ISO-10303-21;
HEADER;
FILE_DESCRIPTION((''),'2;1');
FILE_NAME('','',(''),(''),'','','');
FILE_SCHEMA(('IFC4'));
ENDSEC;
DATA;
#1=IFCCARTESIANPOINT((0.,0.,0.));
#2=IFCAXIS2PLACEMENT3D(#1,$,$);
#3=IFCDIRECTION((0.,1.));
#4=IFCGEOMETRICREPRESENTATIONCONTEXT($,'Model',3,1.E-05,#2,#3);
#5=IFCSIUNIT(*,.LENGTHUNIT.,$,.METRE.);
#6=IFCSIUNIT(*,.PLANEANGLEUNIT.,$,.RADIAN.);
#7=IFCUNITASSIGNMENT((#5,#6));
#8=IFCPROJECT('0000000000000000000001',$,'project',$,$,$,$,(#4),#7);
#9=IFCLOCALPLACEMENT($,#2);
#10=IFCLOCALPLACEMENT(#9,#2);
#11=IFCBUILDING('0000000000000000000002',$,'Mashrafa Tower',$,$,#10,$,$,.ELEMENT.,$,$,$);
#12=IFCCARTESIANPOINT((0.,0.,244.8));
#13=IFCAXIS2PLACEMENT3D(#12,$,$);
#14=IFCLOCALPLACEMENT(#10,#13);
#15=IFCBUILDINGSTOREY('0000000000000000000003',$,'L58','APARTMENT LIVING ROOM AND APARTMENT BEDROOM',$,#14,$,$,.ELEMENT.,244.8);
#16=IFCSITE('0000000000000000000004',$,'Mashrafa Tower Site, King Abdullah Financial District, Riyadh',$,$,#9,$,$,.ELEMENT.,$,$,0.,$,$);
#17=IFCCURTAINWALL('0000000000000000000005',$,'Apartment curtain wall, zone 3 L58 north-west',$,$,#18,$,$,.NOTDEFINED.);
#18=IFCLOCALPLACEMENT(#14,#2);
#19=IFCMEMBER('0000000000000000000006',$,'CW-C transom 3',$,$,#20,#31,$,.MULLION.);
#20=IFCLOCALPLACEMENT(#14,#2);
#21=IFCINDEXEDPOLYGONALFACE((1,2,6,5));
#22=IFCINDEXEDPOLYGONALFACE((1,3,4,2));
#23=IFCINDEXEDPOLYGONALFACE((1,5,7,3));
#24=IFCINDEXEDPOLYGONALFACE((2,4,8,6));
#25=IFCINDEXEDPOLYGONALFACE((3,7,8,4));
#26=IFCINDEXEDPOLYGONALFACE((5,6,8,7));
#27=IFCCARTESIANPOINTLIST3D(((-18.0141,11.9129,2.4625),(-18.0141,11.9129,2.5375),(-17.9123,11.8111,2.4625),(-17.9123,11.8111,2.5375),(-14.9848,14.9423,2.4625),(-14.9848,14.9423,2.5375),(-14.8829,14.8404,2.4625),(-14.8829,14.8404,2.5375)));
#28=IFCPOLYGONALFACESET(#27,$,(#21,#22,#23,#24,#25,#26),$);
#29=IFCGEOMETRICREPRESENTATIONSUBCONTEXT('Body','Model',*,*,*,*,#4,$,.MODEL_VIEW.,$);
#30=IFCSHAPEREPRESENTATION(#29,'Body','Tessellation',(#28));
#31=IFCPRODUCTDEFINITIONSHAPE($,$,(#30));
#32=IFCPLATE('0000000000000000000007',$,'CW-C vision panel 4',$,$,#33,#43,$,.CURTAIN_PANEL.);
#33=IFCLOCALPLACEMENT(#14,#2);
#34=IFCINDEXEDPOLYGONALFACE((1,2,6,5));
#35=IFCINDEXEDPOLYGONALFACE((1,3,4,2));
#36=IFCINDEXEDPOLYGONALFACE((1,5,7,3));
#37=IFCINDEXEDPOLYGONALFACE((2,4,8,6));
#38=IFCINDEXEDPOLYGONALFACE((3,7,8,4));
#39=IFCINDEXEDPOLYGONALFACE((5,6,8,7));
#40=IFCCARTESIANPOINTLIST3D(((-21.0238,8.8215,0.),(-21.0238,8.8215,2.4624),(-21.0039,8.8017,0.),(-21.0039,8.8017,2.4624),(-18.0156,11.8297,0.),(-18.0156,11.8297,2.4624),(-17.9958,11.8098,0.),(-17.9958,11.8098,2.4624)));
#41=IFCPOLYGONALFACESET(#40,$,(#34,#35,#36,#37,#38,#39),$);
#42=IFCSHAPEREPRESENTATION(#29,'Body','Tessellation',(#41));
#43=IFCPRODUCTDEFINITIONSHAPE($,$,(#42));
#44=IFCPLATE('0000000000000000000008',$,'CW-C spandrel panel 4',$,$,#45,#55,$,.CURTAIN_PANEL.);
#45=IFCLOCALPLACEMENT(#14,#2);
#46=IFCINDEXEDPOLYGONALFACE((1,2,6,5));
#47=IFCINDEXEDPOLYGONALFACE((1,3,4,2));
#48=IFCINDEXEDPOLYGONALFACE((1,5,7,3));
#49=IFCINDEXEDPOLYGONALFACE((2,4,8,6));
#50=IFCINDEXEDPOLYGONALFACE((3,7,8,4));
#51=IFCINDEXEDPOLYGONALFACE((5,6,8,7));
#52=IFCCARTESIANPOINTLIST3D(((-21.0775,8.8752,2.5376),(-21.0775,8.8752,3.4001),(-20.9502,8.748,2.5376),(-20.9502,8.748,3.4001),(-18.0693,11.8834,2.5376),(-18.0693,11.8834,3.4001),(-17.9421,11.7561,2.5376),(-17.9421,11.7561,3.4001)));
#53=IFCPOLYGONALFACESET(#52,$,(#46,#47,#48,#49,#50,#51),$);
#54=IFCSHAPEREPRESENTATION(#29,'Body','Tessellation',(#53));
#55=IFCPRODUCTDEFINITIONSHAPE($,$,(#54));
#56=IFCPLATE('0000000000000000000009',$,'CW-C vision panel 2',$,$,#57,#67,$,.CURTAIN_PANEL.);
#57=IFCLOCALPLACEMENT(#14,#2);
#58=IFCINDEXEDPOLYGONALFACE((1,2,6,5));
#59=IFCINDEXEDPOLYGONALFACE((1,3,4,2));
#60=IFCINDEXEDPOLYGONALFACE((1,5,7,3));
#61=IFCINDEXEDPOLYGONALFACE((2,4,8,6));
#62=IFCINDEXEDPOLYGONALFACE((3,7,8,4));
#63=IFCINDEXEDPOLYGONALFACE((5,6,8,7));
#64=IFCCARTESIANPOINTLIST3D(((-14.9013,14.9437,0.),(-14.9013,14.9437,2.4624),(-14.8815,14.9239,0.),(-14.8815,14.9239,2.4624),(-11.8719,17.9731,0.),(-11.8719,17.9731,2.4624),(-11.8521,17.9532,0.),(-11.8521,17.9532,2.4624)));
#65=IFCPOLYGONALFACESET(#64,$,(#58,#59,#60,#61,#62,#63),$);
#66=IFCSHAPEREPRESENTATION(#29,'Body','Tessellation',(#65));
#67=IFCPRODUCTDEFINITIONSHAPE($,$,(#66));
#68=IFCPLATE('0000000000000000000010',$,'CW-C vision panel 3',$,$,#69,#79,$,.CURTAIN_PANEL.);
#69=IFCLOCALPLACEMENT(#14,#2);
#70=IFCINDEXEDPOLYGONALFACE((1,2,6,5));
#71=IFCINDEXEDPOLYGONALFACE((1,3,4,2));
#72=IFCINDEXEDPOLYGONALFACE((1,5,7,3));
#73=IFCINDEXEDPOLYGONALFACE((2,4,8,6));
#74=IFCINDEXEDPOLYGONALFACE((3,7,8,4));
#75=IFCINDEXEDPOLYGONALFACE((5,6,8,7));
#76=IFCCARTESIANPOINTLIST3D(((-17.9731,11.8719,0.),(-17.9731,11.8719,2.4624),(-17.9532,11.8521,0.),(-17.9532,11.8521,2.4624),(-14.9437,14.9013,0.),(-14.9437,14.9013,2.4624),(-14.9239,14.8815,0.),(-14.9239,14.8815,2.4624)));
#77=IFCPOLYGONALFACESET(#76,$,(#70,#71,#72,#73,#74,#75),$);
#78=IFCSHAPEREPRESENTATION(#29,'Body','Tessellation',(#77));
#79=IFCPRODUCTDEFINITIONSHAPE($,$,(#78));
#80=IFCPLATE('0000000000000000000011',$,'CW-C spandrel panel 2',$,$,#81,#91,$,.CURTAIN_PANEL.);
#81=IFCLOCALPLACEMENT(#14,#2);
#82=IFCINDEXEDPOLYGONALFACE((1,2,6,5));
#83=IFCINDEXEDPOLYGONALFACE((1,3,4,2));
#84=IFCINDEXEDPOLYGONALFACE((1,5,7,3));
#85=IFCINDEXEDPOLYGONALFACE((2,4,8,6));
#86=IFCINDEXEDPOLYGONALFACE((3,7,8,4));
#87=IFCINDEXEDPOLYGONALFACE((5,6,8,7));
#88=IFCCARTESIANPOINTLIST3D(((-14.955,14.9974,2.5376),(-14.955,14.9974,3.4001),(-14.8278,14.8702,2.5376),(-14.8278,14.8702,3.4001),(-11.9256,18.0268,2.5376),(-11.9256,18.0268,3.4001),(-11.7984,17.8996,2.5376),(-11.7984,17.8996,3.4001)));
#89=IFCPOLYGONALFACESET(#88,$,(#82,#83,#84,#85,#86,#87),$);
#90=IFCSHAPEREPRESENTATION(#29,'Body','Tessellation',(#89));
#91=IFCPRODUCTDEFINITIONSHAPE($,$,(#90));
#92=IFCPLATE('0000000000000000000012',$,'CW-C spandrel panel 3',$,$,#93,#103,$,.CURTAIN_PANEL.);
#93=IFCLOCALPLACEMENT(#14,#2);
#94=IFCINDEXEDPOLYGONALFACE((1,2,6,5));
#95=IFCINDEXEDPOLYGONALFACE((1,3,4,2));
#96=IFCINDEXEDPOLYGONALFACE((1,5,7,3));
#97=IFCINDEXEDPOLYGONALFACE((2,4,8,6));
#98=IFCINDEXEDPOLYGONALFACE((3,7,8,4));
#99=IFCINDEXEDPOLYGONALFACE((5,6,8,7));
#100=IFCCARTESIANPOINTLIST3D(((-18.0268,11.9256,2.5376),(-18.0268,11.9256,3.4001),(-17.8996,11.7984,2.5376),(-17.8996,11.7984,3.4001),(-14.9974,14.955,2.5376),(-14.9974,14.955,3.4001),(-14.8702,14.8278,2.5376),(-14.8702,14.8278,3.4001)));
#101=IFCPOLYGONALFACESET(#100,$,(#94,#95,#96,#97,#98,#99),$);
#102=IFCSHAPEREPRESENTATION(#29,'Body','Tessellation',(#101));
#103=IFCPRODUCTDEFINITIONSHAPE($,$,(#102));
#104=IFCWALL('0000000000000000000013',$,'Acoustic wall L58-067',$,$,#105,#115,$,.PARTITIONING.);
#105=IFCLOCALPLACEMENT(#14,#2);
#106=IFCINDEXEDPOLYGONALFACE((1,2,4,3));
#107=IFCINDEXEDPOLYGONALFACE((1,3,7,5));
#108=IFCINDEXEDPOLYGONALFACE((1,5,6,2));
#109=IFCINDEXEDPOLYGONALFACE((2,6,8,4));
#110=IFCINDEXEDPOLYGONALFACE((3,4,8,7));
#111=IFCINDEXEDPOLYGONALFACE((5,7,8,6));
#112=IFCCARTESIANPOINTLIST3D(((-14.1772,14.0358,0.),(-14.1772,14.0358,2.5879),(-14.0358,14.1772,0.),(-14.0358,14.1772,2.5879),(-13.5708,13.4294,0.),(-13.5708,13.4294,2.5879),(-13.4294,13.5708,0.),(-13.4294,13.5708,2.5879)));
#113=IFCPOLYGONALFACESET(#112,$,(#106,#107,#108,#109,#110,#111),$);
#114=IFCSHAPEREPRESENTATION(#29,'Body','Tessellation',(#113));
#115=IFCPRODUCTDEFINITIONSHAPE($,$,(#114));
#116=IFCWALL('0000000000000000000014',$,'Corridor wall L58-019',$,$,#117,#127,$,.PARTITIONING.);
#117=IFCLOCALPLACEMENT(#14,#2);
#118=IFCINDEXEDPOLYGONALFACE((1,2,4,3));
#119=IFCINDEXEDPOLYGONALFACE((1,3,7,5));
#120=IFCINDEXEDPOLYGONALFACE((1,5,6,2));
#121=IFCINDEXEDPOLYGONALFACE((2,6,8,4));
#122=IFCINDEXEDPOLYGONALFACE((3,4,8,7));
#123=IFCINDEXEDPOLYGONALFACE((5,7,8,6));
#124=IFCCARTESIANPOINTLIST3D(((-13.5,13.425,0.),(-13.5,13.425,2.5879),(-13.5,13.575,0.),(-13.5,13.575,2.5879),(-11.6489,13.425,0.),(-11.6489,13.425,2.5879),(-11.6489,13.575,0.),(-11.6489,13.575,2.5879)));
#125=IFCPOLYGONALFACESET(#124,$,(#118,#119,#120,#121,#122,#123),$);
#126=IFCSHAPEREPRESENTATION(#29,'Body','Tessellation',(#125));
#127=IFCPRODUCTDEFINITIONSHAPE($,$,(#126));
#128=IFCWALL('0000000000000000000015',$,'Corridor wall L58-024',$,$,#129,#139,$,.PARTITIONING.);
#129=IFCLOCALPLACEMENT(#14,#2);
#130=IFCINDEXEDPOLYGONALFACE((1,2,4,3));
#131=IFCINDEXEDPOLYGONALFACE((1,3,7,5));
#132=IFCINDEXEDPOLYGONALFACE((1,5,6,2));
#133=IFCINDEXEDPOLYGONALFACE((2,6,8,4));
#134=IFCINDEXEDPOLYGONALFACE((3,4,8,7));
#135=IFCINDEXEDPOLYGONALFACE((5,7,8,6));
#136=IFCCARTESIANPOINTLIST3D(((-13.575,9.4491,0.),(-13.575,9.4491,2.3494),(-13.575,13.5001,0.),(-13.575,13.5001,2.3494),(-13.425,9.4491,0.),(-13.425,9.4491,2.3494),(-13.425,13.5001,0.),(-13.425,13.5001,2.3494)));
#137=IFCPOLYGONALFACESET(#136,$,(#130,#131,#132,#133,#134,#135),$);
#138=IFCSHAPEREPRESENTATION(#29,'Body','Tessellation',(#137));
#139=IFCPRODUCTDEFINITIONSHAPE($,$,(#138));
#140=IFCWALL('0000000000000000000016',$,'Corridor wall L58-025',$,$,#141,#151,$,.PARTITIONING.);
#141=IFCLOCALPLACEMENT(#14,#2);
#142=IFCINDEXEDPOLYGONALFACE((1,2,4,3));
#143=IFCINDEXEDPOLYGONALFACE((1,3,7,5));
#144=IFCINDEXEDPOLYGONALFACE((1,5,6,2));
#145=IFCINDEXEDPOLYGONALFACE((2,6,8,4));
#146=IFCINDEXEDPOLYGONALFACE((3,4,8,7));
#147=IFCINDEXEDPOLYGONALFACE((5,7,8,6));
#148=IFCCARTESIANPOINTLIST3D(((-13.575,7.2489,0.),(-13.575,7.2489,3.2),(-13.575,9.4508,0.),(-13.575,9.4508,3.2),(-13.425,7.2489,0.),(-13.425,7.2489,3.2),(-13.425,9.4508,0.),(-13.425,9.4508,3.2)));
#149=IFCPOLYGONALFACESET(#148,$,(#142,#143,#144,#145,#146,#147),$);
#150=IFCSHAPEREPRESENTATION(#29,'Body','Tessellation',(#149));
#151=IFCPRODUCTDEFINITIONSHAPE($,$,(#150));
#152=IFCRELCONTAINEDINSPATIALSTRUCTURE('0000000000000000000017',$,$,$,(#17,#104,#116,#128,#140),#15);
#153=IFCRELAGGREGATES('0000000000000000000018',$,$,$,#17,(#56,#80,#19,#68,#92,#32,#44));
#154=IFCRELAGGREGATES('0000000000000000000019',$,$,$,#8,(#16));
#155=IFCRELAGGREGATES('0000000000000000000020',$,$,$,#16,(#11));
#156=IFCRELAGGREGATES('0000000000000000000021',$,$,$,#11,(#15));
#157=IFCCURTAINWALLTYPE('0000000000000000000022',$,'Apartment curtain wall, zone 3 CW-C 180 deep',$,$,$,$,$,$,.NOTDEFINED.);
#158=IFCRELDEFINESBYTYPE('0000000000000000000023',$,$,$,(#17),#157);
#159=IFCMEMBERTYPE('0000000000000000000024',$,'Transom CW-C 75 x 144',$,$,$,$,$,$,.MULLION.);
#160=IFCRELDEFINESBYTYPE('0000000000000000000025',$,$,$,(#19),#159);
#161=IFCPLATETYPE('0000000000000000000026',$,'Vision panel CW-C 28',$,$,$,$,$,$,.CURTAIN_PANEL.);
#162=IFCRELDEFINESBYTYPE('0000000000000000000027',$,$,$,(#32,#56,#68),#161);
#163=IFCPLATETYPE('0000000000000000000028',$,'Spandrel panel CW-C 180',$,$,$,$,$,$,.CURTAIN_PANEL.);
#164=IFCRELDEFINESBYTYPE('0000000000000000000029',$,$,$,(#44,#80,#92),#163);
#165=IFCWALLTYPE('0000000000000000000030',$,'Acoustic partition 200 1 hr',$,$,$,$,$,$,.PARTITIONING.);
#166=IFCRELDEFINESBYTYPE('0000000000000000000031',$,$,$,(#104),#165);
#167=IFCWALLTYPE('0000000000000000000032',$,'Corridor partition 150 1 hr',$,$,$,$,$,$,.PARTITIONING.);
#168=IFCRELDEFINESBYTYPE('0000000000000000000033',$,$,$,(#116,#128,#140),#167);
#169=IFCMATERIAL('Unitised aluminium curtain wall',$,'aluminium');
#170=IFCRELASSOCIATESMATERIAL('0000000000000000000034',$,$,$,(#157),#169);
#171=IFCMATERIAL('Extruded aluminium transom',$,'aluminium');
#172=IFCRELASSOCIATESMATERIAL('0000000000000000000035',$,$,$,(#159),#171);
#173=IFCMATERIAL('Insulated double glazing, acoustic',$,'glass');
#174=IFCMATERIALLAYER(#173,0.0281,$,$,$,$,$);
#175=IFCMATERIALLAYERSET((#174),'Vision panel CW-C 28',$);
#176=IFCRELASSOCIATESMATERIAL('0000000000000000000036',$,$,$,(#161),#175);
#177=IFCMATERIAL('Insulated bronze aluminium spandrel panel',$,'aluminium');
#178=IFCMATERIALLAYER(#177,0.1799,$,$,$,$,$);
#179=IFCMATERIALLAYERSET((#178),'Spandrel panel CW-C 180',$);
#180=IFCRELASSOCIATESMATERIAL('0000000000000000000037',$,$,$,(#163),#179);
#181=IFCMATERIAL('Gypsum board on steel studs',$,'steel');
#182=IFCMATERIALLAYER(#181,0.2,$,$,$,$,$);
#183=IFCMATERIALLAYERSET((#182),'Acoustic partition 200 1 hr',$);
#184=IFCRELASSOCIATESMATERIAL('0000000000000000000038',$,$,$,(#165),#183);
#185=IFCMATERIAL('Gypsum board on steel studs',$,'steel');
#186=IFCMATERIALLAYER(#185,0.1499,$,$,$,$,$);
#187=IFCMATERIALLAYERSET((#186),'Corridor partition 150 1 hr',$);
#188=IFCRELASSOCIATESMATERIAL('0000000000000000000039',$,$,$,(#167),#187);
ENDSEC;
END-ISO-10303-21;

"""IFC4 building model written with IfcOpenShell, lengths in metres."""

from ifc_helpers import new_model, si_unit, direction, frame, frame_2d, origin, origin_2d, place, context, subcontext, project, spatial, rectangle, extrude, source, transform, mapped, material, layer, layer_set, material_profile, profile_set, type_object, type_shapes, element, aggregate, save


model = new_model("IFC4")

# Units and contexts
model_context = context("Model", 3, precision=1e-05, world=origin(), true_north=direction((0.0, 1.0)))
body_context = subcontext(model_context, "Body", "Model", "MODEL_VIEW")
ifc_project = project(units=[si_unit("LENGTHUNIT", "METRE"), si_unit("PLANEANGLEUNIT", "RADIAN")], contexts=[model_context])

# Site, building, storey
site_placement = place(None, origin())
site = spatial("IfcSite", under=ifc_project, at=site_placement, Name="Mashrafa Tower Site, King Abdullah Financial District, Riyadh", CompositionType="ELEMENT", RefElevation=0.0)
building_placement = place(site_placement, origin())
building = spatial("IfcBuilding", under=site, at=building_placement, Name="Mashrafa Tower", CompositionType="ELEMENT")
storey_placement = place(building_placement, frame((0.0, 0.0, 244.8)))
storey = spatial("IfcBuildingStorey", under=building, at=storey_placement, Name="L58", Description="APARTMENT LIVING ROOM AND APARTMENT BEDROOM", CompositionType="ELEMENT", Elevation=244.8)

# Curtain wall, member, plates
ifc_material_1 = material(Name="Unitised aluminium curtain wall", Category="aluminium")
curtain_wall_type = type_object("IfcCurtainWallType", Name="Apartment curtain wall, zone 3 CW-C 180 deep", PredefinedType="NOTDEFINED", material=ifc_material_1)
curtain_wall_placement = place(storey_placement, origin())
curtain_wall = element("IfcCurtainWall", 1, at=curtain_wall_placement, inside=storey, type_object=curtain_wall_type, Name="Apartment curtain wall, zone 3 L58 north-west", PredefinedType="NOTDEFINED")
ifc_material_2 = material(Name="Extruded aluminium transom", Category="aluminium")
ifc_material_profile_1 = material_profile(ifc_material_2, rectangle(XDim=0.144, YDim=0.075, at=origin_2d()), Name="Transom 75x144")
ifc_profile_set_1 = profile_set([ifc_material_profile_1], Name="Extruded aluminium transom")
member_type_1 = type_object("IfcMemberType", Name="Transom CW-C 75 x 144", PredefinedType="MULLION", material=ifc_profile_set_1)
shared_shape_1 = source(origin(), body_context, "Body", "SweptSolid", [
    extrude(rectangle(XDim=0.144, YDim=0.075, at=origin_2d()), origin(), (0.0, 0.0, 1.0), 4.2842),
])
member_1_placement = place(storey_placement, frame((-14.9338, 14.8914, 2.5), z_axis=(-0.707107, -0.707107, 0.0), x_axis=(0.707107, -0.707107, 0.0)))
member_1 = element("IfcMember", 2, at=member_1_placement, type_object=member_type_1, Name="CW-C transom 3", PredefinedType="MULLION", context=body_context, shape_type="MappedRepresentation", body=[
    mapped(shared_shape_1, transform((0.0, 0.0, 0.0))),
])
ifc_material_3 = material(Name="Insulated double glazing, acoustic", Category="glass")
ifc_layer_1 = layer(ifc_material_3, 0.0281)
ifc_layer_set_1 = layer_set([ifc_layer_1], Name="Vision panel CW-C 28")
plate_type_1 = type_object("IfcPlateType", Name="Vision panel CW-C 28", PredefinedType="CURTAIN_PANEL", material=ifc_layer_set_1)
shared_shape_2 = source(origin(), body_context, "Body", "SweptSolid", [
    extrude(rectangle(XDim=4.2542, YDim=0.0281, at=origin_2d()), origin(), (0.0, 0.0, 1.0), 2.4624),
])
plate_1_placement = place(storey_placement, frame((-19.5098, 10.3157, 0.0), z_axis=(0.0, 0.0, 1.0), x_axis=(-0.707107, -0.707107, 0.0)))
plate_1 = element("IfcPlate", 3, at=plate_1_placement, type_object=plate_type_1, Name="CW-C vision panel 4", PredefinedType="CURTAIN_PANEL", context=body_context, shape_type="MappedRepresentation", body=[
    mapped(shared_shape_2, transform((0.0, 0.0, 0.0))),
])
ifc_material_4 = material(Name="Insulated bronze aluminium spandrel panel", Category="aluminium")
ifc_layer_2 = layer(ifc_material_4, 0.1799)
ifc_layer_set_2 = layer_set([ifc_layer_2], Name="Spandrel panel CW-C 180")
plate_type_2 = type_object("IfcPlateType", Name="Spandrel panel CW-C 180", PredefinedType="CURTAIN_PANEL", material=ifc_layer_set_2)
shared_shape_3 = source(origin(), body_context, "Body", "SweptSolid", [
    extrude(rectangle(XDim=4.2542, YDim=0.1799, at=origin_2d()), origin(), (0.0, 0.0, 1.0), 0.8625),
])
plate_2_placement = place(storey_placement, frame((-19.5098, 10.3157, 2.5376), z_axis=(0.0, 0.0, 1.0), x_axis=(-0.707107, -0.707107, 0.0)))
plate_2 = element("IfcPlate", 4, at=plate_2_placement, type_object=plate_type_2, Name="CW-C spandrel panel 4", PredefinedType="CURTAIN_PANEL", context=body_context, shape_type="MappedRepresentation", body=[
    mapped(shared_shape_3, transform((0.0, 0.0, 0.0))),
])
shared_shape_4 = source(origin(), body_context, "Body", "SweptSolid", [
    extrude(rectangle(XDim=4.2842, YDim=0.0281, at=origin_2d()), origin(), (0.0, 0.0, 1.0), 2.4624),
])
type_shapes(plate_type_1, [shared_shape_2, shared_shape_4])
plate_3_placement = place(storey_placement, frame((-13.3767, 16.4485, 0.0), z_axis=(0.0, 0.0, 1.0), x_axis=(-0.707107, -0.707107, 0.0)))
plate_3 = element("IfcPlate", 5, at=plate_3_placement, type_object=plate_type_1, Name="CW-C vision panel 2", PredefinedType="CURTAIN_PANEL", context=body_context, shape_type="MappedRepresentation", body=[
    mapped(shared_shape_4, transform((0.0, 0.0, 0.0))),
])
plate_4_placement = place(storey_placement, frame((-16.4485, 13.3767, 0.0), z_axis=(0.0, 0.0, 1.0), x_axis=(-0.707107, -0.707107, 0.0)))
plate_4 = element("IfcPlate", 6, at=plate_4_placement, type_object=plate_type_1, Name="CW-C vision panel 3", PredefinedType="CURTAIN_PANEL", context=body_context, shape_type="MappedRepresentation", body=[
    mapped(shared_shape_4, transform((0.0, 0.0, 0.0))),
])
shared_shape_5 = source(origin(), body_context, "Body", "SweptSolid", [
    extrude(rectangle(XDim=4.2842, YDim=0.1799, at=origin_2d()), origin(), (0.0, 0.0, 1.0), 0.8625),
])
type_shapes(plate_type_2, [shared_shape_3, shared_shape_5])
plate_5_placement = place(storey_placement, frame((-13.3767, 16.4485, 2.5376), z_axis=(0.0, 0.0, 1.0), x_axis=(-0.707107, -0.707107, 0.0)))
plate_5 = element("IfcPlate", 7, at=plate_5_placement, type_object=plate_type_2, Name="CW-C spandrel panel 2", PredefinedType="CURTAIN_PANEL", context=body_context, shape_type="MappedRepresentation", body=[
    mapped(shared_shape_5, transform((0.0, 0.0, 0.0))),
])
plate_6_placement = place(storey_placement, frame((-16.4485, 13.3767, 2.5376), z_axis=(0.0, 0.0, 1.0), x_axis=(-0.707107, -0.707107, 0.0)))
plate_6 = element("IfcPlate", 8, at=plate_6_placement, type_object=plate_type_2, Name="CW-C spandrel panel 3", PredefinedType="CURTAIN_PANEL", context=body_context, shape_type="MappedRepresentation", body=[
    mapped(shared_shape_5, transform((0.0, 0.0, 0.0))),
])
aggregate(curtain_wall, [plate_3, plate_5, member_1, plate_4, plate_6, plate_1, plate_2])

# Walls
ifc_material_5 = material(Name="Gypsum board on steel studs", Category="steel")
ifc_layer_3 = layer(ifc_material_5, 0.2)
ifc_layer_set_3 = layer_set([ifc_layer_3], Name="Acoustic partition 200 1 hr")
wall_type_1 = type_object("IfcWallType", Name="Acoustic partition 200 1 hr", PredefinedType="PARTITIONING", material=ifc_layer_set_3)
wall_1_placement = place(storey_placement, frame((-14.1064, 14.1064, 0.0), z_axis=(0.0, 0.0, 1.0), x_axis=(0.707107, -0.707107, 0.0)))
element("IfcWall", 9, at=wall_1_placement, inside=storey, type_object=wall_type_1, Name="Acoustic wall L58-067", PredefinedType="PARTITIONING", context=body_context, shape_type="SweptSolid", body=[
    extrude(rectangle(XDim=0.8577, YDim=0.2, at=frame_2d((0.4287, 0.0))), origin(), (0.0, 0.0, 1.0), 2.5879),
])
ifc_material_6 = material(Name="Gypsum board on steel studs", Category="steel")
ifc_layer_4 = layer(ifc_material_6, 0.1499)
ifc_layer_set_4 = layer_set([ifc_layer_4], Name="Corridor partition 150 1 hr")
wall_type_2 = type_object("IfcWallType", Name="Corridor partition 150 1 hr", PredefinedType="PARTITIONING", material=ifc_layer_set_4)
wall_2_placement = place(storey_placement, frame((-11.6489, 13.5, 0.0), z_axis=(0.0, 0.0, 1.0), x_axis=(-1.0, 0.0, 0.0)))
element("IfcWall", 10, at=wall_2_placement, inside=storey, type_object=wall_type_2, Name="Corridor wall L58-019", PredefinedType="PARTITIONING", context=body_context, shape_type="SweptSolid", body=[
    extrude(rectangle(XDim=1.8511, YDim=0.1499, at=frame_2d((0.9255, 0.0))), origin(), (0.0, 0.0, 1.0), 2.5879),
])
wall_3_placement = place(storey_placement, frame((-13.5, 13.5, 0.0), z_axis=(0.0, 0.0, 1.0), x_axis=(0.0, -1.0, 0.0)))
element("IfcWall", 11, at=wall_3_placement, inside=storey, type_object=wall_type_2, Name="Corridor wall L58-024", PredefinedType="PARTITIONING", context=body_context, shape_type="SweptSolid", body=[
    extrude(rectangle(XDim=4.051, YDim=0.1499, at=frame_2d((2.0254, 0.0))), origin(), (0.0, 0.0, 1.0), 2.3494),
])
wall_4_placement = place(storey_placement, frame((-13.5, 9.4509, 0.0), z_axis=(0.0, 0.0, 1.0), x_axis=(0.0, -1.0, 0.0)))
element("IfcWall", 12, at=wall_4_placement, inside=storey, type_object=wall_type_2, Name="Corridor wall L58-025", PredefinedType="PARTITIONING", context=body_context, shape_type="SweptSolid", body=[
    extrude(rectangle(XDim=2.2019, YDim=0.1499, at=frame_2d((1.1011, 0.0))), origin(), (0.0, 0.0, 1.0), 3.2),
])

save(model, "model.ifc")
